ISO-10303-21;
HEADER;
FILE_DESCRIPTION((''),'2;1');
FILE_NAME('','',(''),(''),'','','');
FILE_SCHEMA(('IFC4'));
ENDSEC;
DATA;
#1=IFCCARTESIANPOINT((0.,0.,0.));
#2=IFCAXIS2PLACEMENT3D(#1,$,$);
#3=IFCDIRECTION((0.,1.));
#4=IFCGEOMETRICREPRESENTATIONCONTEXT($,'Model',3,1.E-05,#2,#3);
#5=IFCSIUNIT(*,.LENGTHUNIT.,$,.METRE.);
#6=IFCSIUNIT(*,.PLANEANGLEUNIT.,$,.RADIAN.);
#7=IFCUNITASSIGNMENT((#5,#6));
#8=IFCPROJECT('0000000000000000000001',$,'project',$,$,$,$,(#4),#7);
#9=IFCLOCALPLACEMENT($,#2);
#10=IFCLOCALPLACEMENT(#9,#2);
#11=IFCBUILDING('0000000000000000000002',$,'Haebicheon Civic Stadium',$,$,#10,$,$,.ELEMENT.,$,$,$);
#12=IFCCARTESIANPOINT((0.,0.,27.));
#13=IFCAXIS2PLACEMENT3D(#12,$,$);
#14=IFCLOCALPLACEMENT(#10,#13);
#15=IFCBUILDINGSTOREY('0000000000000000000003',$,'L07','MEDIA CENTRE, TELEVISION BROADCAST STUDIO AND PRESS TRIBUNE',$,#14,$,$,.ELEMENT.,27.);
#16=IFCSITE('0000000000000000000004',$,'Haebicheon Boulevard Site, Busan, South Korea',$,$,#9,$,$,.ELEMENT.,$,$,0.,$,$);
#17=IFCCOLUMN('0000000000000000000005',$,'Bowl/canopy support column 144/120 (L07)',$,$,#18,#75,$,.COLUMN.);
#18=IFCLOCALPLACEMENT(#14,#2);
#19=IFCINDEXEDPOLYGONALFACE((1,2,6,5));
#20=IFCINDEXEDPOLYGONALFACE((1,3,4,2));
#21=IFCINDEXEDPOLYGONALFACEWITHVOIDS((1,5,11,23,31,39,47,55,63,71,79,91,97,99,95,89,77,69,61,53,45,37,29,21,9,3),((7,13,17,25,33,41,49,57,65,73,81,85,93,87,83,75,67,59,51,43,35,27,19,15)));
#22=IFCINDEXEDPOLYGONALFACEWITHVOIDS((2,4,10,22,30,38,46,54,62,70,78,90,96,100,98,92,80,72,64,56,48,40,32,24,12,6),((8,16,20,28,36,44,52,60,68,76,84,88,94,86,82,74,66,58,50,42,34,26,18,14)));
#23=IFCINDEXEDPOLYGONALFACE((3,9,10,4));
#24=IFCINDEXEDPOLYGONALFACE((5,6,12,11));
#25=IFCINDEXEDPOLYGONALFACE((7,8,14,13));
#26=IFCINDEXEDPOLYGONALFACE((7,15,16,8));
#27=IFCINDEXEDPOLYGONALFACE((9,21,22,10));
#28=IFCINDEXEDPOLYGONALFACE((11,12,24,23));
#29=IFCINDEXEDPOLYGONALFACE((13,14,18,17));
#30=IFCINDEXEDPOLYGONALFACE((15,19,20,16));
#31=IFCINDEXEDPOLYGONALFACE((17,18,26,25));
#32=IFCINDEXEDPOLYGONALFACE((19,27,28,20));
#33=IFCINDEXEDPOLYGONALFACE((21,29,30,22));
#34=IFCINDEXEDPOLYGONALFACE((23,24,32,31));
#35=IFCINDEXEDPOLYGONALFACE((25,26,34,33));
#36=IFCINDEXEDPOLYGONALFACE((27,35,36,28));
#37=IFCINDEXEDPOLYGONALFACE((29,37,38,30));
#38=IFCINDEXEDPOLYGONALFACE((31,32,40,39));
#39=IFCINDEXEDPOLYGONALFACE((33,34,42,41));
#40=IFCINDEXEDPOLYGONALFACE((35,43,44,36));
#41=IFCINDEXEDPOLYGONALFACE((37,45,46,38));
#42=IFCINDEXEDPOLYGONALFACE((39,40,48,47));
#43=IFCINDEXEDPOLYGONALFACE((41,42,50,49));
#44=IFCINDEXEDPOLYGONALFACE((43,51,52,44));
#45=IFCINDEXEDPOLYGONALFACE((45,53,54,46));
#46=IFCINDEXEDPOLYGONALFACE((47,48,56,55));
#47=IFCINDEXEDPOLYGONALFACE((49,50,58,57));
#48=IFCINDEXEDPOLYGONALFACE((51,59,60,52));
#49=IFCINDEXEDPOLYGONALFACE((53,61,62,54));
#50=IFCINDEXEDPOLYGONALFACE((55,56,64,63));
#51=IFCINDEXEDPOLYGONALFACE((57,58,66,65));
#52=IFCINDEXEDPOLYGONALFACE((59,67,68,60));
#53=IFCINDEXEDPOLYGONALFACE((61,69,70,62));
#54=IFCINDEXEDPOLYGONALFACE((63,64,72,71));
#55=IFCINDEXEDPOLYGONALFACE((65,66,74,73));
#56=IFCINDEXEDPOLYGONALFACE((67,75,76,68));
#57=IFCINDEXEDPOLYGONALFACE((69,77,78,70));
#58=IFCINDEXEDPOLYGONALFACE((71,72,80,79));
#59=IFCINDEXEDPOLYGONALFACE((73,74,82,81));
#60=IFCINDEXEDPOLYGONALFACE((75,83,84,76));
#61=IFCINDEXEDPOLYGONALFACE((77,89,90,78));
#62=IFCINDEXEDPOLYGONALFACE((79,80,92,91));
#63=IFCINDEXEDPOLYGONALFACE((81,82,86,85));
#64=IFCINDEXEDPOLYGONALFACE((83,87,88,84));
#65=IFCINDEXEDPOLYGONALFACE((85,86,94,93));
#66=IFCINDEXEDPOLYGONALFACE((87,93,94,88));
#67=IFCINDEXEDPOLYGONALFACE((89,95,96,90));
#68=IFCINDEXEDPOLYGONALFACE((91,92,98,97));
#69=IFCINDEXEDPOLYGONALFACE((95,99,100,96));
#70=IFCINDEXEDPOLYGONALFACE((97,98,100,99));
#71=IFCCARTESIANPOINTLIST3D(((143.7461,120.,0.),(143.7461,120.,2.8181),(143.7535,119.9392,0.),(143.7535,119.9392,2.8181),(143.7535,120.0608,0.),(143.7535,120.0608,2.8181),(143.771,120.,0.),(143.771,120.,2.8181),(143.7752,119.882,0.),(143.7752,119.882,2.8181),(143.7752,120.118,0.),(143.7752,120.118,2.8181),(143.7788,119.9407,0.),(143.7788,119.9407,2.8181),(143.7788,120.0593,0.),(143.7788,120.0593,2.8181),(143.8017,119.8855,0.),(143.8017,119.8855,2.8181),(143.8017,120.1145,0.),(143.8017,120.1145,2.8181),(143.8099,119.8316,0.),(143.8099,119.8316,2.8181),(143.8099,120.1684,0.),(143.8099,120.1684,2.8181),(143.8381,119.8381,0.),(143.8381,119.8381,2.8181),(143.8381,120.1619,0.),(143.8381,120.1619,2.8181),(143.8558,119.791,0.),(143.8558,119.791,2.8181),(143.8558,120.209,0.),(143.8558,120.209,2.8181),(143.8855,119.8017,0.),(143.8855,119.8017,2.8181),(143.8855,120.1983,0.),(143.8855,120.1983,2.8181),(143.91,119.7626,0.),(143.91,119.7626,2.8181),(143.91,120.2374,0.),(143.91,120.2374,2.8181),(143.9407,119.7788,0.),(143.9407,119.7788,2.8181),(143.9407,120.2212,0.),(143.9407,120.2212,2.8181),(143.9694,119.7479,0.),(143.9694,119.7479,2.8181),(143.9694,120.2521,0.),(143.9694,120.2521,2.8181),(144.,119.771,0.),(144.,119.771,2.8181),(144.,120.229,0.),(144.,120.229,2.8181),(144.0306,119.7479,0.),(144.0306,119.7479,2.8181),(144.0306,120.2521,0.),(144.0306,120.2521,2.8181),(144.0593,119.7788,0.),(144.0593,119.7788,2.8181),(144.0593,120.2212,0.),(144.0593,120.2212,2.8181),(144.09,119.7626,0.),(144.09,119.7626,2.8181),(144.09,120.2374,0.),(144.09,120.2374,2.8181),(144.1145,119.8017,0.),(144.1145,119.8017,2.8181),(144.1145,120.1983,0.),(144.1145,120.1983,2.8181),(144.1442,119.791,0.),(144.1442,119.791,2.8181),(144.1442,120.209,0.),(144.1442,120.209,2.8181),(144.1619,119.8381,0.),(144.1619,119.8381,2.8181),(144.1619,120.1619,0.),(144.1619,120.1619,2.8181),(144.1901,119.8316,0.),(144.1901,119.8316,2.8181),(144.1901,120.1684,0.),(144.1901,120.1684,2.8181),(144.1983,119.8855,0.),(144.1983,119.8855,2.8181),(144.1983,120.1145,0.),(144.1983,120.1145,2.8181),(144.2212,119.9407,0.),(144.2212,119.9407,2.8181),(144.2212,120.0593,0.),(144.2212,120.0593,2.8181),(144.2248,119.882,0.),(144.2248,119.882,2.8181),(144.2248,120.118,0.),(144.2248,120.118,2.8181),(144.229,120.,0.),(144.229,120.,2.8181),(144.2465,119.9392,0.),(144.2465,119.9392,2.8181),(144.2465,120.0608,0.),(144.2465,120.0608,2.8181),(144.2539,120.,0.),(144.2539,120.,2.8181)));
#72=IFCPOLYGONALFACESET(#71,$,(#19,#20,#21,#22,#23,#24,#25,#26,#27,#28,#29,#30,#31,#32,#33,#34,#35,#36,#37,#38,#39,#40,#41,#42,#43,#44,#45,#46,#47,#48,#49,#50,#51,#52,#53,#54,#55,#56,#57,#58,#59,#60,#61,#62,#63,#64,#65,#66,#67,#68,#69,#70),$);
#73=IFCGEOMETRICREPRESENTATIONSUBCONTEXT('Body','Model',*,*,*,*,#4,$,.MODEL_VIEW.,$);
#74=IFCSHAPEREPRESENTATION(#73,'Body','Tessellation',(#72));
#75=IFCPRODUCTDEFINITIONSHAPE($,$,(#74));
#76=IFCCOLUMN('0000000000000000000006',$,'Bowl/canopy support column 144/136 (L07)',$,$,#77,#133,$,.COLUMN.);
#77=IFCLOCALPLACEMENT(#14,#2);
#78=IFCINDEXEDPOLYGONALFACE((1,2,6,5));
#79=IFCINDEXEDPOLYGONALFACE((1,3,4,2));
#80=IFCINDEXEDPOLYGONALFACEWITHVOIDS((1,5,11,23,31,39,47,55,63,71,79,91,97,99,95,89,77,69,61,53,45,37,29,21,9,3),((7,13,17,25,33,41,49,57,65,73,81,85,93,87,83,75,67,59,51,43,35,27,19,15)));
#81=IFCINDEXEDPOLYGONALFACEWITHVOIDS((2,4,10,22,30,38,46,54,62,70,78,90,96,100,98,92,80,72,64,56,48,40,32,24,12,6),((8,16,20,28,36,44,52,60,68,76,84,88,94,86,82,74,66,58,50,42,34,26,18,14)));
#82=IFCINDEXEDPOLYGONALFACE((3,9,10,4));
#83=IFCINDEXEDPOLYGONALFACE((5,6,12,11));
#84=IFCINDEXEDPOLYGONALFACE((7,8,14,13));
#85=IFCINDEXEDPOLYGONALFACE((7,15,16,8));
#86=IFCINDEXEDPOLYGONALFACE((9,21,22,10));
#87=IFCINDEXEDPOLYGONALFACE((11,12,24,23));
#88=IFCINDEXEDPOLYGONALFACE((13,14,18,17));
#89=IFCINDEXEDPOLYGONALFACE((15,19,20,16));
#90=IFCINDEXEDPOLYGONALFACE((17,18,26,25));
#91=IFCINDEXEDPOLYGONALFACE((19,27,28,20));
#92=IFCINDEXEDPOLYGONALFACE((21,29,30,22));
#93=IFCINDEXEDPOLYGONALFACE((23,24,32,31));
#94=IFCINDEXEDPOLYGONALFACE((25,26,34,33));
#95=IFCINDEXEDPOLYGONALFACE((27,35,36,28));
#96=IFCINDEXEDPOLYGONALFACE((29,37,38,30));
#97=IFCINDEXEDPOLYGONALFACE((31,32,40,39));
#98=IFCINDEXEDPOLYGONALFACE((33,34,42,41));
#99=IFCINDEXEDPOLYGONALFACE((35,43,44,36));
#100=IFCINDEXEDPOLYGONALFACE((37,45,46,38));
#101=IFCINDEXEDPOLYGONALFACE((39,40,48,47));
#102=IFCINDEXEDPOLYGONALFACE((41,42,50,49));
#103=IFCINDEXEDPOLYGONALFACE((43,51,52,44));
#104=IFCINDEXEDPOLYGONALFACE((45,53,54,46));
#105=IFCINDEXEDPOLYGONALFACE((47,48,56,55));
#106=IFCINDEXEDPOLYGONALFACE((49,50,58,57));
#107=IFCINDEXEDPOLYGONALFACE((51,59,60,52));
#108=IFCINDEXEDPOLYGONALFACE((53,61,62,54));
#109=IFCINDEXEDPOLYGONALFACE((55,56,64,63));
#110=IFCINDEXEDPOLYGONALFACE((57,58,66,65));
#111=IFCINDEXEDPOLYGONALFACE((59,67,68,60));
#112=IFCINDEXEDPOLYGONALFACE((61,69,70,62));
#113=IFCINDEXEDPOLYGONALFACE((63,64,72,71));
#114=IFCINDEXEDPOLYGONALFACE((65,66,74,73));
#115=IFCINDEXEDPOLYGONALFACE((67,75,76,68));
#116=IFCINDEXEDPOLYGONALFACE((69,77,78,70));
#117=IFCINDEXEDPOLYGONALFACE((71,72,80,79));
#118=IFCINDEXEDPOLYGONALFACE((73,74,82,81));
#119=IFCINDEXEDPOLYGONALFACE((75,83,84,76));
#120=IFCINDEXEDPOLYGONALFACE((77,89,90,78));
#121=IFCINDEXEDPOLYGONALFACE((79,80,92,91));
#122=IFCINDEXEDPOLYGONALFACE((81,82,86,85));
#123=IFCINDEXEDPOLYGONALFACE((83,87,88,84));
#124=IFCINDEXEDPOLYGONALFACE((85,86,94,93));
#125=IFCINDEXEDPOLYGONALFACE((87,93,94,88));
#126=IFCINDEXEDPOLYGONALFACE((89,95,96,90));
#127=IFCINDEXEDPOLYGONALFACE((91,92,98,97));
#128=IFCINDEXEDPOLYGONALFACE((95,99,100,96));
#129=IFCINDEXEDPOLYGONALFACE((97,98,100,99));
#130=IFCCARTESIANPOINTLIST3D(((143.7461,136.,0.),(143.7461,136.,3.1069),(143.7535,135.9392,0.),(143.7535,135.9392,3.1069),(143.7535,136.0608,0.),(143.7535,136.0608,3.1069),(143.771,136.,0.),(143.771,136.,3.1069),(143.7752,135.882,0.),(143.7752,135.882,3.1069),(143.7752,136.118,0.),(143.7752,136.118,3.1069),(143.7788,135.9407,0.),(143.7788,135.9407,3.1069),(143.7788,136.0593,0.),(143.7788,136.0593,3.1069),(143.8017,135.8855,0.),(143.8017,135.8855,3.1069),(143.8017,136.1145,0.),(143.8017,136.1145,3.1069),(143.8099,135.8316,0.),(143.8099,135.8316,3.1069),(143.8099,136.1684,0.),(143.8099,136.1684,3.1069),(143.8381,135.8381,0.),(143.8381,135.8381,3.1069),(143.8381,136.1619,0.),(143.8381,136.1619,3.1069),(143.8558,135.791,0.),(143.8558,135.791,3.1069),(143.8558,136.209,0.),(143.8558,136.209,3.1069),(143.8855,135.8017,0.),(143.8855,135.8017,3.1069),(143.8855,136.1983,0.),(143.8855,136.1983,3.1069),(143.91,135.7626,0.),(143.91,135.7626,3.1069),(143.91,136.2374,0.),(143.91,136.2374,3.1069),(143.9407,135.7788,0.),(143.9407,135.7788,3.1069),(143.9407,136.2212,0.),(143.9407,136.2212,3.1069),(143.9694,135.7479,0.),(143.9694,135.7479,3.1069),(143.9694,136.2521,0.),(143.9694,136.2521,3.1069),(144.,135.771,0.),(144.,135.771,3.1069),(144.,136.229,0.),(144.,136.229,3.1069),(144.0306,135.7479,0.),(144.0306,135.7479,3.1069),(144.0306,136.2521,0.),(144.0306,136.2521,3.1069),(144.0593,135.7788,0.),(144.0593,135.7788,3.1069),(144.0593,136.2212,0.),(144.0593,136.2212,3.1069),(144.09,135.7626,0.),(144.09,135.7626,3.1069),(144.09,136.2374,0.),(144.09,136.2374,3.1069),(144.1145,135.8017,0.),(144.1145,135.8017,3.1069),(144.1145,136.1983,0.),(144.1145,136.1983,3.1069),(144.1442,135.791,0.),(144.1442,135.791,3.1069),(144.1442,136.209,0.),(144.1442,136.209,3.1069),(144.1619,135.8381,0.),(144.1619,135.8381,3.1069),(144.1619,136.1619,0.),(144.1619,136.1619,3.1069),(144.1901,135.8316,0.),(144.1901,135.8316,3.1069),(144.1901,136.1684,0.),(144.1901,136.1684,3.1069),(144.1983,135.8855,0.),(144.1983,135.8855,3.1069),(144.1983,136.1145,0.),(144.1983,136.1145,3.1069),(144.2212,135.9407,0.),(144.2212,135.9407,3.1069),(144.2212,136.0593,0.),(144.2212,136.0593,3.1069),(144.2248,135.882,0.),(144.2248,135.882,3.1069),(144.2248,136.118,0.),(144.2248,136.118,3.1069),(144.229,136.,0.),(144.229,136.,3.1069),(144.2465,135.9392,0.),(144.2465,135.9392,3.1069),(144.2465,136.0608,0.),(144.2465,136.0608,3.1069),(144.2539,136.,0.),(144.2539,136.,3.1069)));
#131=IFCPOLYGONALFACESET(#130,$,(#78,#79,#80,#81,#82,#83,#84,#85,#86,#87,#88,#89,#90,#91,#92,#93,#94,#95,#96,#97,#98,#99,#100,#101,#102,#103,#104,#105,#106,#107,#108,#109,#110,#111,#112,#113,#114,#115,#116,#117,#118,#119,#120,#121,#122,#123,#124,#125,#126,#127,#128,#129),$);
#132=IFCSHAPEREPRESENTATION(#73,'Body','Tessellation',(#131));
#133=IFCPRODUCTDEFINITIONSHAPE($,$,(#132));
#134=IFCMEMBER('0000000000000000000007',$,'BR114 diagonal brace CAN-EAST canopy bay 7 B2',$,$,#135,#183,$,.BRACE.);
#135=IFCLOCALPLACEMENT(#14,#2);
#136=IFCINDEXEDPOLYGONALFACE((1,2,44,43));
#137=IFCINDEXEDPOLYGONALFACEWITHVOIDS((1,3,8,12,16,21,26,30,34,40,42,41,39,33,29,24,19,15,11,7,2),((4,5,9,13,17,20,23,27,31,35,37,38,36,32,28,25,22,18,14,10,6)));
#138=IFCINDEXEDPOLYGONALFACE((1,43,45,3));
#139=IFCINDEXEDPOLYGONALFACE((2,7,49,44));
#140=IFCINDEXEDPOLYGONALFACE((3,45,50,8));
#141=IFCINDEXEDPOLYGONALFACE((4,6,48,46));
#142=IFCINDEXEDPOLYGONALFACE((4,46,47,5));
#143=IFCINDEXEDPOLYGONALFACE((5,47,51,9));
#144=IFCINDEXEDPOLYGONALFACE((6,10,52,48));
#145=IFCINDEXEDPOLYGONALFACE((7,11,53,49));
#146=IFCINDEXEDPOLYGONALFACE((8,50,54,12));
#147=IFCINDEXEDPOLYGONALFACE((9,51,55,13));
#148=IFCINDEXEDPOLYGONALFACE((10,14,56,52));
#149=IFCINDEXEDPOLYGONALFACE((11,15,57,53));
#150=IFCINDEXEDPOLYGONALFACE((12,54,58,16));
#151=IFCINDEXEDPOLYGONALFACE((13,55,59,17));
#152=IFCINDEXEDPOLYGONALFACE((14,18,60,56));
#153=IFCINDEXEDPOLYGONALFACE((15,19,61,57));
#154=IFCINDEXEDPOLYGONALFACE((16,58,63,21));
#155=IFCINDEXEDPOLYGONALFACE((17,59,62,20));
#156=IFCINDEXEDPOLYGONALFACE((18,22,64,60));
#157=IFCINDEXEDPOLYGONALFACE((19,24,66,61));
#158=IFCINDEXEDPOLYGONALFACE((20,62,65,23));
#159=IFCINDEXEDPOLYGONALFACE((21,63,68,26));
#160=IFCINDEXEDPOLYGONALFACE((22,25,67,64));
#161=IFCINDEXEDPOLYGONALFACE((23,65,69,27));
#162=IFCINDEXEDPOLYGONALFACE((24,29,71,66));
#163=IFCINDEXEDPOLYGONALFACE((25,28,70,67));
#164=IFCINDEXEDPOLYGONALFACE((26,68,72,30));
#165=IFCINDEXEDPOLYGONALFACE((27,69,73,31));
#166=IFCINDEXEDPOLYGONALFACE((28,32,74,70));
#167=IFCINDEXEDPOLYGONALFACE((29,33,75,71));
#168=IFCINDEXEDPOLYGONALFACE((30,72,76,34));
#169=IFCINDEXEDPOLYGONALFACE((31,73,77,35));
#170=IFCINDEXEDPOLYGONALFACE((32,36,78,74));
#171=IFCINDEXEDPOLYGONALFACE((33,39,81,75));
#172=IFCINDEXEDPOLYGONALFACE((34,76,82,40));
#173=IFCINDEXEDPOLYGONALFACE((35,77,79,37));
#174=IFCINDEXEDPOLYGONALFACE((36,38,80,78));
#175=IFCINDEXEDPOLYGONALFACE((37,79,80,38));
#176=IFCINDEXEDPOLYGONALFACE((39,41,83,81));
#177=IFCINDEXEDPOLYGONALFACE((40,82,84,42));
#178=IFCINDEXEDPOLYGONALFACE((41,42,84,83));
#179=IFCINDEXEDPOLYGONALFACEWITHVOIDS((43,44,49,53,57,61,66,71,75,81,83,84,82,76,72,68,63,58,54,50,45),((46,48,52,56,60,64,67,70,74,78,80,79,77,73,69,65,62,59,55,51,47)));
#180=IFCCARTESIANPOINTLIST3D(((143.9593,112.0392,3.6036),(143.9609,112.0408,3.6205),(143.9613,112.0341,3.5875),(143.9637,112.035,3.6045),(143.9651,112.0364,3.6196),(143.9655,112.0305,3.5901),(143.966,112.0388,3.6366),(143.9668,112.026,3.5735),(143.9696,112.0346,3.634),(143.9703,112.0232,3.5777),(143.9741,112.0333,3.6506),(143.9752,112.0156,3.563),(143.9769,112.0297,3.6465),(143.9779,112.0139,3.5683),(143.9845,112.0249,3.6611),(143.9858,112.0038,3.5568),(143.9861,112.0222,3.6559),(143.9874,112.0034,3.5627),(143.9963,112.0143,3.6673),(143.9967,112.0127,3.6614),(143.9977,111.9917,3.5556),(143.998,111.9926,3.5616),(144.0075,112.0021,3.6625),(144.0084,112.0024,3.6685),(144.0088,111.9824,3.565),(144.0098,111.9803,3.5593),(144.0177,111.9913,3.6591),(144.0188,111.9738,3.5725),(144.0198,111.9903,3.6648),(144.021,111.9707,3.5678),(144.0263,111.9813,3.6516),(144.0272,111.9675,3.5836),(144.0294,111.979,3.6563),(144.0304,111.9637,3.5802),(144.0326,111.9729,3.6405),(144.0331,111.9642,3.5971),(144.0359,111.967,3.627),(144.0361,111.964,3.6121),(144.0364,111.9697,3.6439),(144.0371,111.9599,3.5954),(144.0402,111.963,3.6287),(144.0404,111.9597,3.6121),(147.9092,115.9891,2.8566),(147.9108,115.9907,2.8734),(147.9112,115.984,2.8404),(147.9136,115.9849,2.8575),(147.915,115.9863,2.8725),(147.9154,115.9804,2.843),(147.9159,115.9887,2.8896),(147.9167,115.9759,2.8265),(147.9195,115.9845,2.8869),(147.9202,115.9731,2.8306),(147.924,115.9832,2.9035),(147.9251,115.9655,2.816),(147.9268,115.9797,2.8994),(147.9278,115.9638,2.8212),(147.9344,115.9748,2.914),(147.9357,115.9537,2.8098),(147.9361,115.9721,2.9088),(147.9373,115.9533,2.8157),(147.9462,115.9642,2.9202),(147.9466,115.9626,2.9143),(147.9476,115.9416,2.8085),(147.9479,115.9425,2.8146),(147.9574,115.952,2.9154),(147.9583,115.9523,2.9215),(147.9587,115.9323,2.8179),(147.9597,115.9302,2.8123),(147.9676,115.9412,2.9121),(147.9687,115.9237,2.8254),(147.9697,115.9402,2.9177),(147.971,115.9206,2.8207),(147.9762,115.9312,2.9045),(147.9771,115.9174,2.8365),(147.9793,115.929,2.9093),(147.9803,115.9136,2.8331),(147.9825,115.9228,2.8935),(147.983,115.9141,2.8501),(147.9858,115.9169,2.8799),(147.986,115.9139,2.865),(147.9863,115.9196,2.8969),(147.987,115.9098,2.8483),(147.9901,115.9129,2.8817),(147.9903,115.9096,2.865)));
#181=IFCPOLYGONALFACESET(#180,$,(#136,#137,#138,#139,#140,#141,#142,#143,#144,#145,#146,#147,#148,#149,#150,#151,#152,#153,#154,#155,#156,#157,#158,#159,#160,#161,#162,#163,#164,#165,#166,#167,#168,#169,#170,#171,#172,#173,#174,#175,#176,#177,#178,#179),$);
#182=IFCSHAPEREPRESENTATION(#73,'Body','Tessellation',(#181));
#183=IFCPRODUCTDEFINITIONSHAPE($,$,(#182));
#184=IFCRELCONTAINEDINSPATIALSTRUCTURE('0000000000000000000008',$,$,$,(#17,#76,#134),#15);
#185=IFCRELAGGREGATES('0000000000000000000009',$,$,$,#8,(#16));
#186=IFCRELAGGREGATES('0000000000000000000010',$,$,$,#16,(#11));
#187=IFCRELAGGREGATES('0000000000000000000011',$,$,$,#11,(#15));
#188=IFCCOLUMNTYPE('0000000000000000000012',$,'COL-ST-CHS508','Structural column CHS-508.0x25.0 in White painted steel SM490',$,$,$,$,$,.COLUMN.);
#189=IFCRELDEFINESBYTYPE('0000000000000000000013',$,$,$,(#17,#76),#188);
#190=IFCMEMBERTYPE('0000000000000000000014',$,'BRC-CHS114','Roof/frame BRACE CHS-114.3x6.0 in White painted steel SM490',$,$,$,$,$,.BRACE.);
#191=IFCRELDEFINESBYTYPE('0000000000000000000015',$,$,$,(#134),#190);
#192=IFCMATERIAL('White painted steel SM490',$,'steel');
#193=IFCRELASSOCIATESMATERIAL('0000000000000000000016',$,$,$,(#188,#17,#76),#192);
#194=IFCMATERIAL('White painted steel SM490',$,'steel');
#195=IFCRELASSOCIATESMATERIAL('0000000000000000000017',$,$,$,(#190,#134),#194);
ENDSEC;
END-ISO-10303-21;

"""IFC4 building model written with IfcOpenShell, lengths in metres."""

from ifc_helpers import new_model, si_unit, direction, frame, origin, origin_2d, place, context, subcontext, project, spatial, hollow_circle, extrude, material, material_profile, profile_set, type_object, element, save


model = new_model("IFC4")

# Units and contexts
model_context = context("Model", 3, precision=1e-05, world=origin(), true_north=direction((0.0, 1.0)))
body_context = subcontext(model_context, "Body", "Model", "MODEL_VIEW")
ifc_project = project(units=[si_unit("LENGTHUNIT", "METRE"), si_unit("PLANEANGLEUNIT", "RADIAN")], contexts=[model_context])

# Site, building, storey
site_placement = place(None, origin())
site = spatial("IfcSite", under=ifc_project, at=site_placement, Name="Haebicheon Boulevard Site, Busan, South Korea", CompositionType="ELEMENT", RefElevation=0.0)
building_placement = place(site_placement, origin())
building = spatial("IfcBuilding", under=site, at=building_placement, Name="Haebicheon Civic Stadium", CompositionType="ELEMENT")
storey_placement = place(building_placement, frame((0.0, 0.0, 27.0)))
storey = spatial("IfcBuildingStorey", under=building, at=storey_placement, Name="L07", Description="MEDIA CENTRE, TELEVISION BROADCAST STUDIO AND PRESS TRIBUNE", CompositionType="ELEMENT", Elevation=27.0)

# Columns
ifc_material_1 = material(Name="White painted steel SM490", Category="steel")
ifc_material_profile_1 = material_profile(ifc_material_1, hollow_circle(Radius=0.2539, WallThickness=0.0249, at=origin_2d()), Name="CHS-508.0x25.0")
ifc_profile_set_1 = profile_set([ifc_material_profile_1], Name="White painted steel SM490")
column_type = type_object("IfcColumnType", Name="COL-ST-CHS508", Description="Structural column CHS-508.0x25.0 in White painted steel SM490", PredefinedType="COLUMN", material=ifc_profile_set_1)
column_1_placement = place(storey_placement, frame((144.0, 120.0, 0.0), z_axis=(0.0, 0.0, 1.0), x_axis=(1.0, 0.0, 0.0)))
element("IfcColumn", 1, at=column_1_placement, inside=storey, type_object=column_type, material=ifc_profile_set_1, Name="Bowl/canopy support column 144/120 (L07)", PredefinedType="COLUMN", context=body_context, shape_type="SweptSolid", body=[
    extrude(hollow_circle(Radius=0.2539, WallThickness=0.0249, at=origin_2d()), origin(), (0.0, 0.0, 1.0), 2.8181),
])
column_2_placement = place(storey_placement, frame((144.0, 136.0, 0.0), z_axis=(0.0, 0.0, 1.0), x_axis=(1.0, 0.0, 0.0)))
element("IfcColumn", 2, at=column_2_placement, inside=storey, type_object=column_type, material=ifc_profile_set_1, Name="Bowl/canopy support column 144/136 (L07)", PredefinedType="COLUMN", context=body_context, shape_type="SweptSolid", body=[
    extrude(hollow_circle(Radius=0.2539, WallThickness=0.0249, at=origin_2d()), origin(), (0.0, 0.0, 1.0), 3.1069),
])

# Member
ifc_material_2 = material(Name="White painted steel SM490", Category="steel")
ifc_material_profile_2 = material_profile(ifc_material_2, hollow_circle(Radius=0.0571, WallThickness=0.0061, at=origin_2d()), Name="CHS-114.3x6.0")
ifc_profile_set_2 = profile_set([ifc_material_profile_2], Name="White painted steel SM490")
member_type_1 = type_object("IfcMemberType", Name="BRC-CHS114", Description="Roof/frame BRACE CHS-114.3x6.0 in White painted steel SM490", PredefinedType="BRACE", material=ifc_profile_set_2)
member_1_placement = place(storey_placement, frame((147.95, 115.95, 2.865), z_axis=(-0.700867, -0.700867, 0.132558), x_axis=(0.707107, -0.707107, 0.0)))
element("IfcMember", 3, at=member_1_placement, inside=storey, type_object=member_type_1, material=ifc_profile_set_2, Name="BR114 diagonal brace CAN-EAST canopy bay 7 B2", PredefinedType="BRACE", context=body_context, shape_type="SweptSolid", body=[
    extrude(hollow_circle(Radius=0.0571, WallThickness=0.0061, at=origin_2d()), origin(), (0.0, 0.0, 1.0), 5.6357),
])

save(model, "model.ifc")
